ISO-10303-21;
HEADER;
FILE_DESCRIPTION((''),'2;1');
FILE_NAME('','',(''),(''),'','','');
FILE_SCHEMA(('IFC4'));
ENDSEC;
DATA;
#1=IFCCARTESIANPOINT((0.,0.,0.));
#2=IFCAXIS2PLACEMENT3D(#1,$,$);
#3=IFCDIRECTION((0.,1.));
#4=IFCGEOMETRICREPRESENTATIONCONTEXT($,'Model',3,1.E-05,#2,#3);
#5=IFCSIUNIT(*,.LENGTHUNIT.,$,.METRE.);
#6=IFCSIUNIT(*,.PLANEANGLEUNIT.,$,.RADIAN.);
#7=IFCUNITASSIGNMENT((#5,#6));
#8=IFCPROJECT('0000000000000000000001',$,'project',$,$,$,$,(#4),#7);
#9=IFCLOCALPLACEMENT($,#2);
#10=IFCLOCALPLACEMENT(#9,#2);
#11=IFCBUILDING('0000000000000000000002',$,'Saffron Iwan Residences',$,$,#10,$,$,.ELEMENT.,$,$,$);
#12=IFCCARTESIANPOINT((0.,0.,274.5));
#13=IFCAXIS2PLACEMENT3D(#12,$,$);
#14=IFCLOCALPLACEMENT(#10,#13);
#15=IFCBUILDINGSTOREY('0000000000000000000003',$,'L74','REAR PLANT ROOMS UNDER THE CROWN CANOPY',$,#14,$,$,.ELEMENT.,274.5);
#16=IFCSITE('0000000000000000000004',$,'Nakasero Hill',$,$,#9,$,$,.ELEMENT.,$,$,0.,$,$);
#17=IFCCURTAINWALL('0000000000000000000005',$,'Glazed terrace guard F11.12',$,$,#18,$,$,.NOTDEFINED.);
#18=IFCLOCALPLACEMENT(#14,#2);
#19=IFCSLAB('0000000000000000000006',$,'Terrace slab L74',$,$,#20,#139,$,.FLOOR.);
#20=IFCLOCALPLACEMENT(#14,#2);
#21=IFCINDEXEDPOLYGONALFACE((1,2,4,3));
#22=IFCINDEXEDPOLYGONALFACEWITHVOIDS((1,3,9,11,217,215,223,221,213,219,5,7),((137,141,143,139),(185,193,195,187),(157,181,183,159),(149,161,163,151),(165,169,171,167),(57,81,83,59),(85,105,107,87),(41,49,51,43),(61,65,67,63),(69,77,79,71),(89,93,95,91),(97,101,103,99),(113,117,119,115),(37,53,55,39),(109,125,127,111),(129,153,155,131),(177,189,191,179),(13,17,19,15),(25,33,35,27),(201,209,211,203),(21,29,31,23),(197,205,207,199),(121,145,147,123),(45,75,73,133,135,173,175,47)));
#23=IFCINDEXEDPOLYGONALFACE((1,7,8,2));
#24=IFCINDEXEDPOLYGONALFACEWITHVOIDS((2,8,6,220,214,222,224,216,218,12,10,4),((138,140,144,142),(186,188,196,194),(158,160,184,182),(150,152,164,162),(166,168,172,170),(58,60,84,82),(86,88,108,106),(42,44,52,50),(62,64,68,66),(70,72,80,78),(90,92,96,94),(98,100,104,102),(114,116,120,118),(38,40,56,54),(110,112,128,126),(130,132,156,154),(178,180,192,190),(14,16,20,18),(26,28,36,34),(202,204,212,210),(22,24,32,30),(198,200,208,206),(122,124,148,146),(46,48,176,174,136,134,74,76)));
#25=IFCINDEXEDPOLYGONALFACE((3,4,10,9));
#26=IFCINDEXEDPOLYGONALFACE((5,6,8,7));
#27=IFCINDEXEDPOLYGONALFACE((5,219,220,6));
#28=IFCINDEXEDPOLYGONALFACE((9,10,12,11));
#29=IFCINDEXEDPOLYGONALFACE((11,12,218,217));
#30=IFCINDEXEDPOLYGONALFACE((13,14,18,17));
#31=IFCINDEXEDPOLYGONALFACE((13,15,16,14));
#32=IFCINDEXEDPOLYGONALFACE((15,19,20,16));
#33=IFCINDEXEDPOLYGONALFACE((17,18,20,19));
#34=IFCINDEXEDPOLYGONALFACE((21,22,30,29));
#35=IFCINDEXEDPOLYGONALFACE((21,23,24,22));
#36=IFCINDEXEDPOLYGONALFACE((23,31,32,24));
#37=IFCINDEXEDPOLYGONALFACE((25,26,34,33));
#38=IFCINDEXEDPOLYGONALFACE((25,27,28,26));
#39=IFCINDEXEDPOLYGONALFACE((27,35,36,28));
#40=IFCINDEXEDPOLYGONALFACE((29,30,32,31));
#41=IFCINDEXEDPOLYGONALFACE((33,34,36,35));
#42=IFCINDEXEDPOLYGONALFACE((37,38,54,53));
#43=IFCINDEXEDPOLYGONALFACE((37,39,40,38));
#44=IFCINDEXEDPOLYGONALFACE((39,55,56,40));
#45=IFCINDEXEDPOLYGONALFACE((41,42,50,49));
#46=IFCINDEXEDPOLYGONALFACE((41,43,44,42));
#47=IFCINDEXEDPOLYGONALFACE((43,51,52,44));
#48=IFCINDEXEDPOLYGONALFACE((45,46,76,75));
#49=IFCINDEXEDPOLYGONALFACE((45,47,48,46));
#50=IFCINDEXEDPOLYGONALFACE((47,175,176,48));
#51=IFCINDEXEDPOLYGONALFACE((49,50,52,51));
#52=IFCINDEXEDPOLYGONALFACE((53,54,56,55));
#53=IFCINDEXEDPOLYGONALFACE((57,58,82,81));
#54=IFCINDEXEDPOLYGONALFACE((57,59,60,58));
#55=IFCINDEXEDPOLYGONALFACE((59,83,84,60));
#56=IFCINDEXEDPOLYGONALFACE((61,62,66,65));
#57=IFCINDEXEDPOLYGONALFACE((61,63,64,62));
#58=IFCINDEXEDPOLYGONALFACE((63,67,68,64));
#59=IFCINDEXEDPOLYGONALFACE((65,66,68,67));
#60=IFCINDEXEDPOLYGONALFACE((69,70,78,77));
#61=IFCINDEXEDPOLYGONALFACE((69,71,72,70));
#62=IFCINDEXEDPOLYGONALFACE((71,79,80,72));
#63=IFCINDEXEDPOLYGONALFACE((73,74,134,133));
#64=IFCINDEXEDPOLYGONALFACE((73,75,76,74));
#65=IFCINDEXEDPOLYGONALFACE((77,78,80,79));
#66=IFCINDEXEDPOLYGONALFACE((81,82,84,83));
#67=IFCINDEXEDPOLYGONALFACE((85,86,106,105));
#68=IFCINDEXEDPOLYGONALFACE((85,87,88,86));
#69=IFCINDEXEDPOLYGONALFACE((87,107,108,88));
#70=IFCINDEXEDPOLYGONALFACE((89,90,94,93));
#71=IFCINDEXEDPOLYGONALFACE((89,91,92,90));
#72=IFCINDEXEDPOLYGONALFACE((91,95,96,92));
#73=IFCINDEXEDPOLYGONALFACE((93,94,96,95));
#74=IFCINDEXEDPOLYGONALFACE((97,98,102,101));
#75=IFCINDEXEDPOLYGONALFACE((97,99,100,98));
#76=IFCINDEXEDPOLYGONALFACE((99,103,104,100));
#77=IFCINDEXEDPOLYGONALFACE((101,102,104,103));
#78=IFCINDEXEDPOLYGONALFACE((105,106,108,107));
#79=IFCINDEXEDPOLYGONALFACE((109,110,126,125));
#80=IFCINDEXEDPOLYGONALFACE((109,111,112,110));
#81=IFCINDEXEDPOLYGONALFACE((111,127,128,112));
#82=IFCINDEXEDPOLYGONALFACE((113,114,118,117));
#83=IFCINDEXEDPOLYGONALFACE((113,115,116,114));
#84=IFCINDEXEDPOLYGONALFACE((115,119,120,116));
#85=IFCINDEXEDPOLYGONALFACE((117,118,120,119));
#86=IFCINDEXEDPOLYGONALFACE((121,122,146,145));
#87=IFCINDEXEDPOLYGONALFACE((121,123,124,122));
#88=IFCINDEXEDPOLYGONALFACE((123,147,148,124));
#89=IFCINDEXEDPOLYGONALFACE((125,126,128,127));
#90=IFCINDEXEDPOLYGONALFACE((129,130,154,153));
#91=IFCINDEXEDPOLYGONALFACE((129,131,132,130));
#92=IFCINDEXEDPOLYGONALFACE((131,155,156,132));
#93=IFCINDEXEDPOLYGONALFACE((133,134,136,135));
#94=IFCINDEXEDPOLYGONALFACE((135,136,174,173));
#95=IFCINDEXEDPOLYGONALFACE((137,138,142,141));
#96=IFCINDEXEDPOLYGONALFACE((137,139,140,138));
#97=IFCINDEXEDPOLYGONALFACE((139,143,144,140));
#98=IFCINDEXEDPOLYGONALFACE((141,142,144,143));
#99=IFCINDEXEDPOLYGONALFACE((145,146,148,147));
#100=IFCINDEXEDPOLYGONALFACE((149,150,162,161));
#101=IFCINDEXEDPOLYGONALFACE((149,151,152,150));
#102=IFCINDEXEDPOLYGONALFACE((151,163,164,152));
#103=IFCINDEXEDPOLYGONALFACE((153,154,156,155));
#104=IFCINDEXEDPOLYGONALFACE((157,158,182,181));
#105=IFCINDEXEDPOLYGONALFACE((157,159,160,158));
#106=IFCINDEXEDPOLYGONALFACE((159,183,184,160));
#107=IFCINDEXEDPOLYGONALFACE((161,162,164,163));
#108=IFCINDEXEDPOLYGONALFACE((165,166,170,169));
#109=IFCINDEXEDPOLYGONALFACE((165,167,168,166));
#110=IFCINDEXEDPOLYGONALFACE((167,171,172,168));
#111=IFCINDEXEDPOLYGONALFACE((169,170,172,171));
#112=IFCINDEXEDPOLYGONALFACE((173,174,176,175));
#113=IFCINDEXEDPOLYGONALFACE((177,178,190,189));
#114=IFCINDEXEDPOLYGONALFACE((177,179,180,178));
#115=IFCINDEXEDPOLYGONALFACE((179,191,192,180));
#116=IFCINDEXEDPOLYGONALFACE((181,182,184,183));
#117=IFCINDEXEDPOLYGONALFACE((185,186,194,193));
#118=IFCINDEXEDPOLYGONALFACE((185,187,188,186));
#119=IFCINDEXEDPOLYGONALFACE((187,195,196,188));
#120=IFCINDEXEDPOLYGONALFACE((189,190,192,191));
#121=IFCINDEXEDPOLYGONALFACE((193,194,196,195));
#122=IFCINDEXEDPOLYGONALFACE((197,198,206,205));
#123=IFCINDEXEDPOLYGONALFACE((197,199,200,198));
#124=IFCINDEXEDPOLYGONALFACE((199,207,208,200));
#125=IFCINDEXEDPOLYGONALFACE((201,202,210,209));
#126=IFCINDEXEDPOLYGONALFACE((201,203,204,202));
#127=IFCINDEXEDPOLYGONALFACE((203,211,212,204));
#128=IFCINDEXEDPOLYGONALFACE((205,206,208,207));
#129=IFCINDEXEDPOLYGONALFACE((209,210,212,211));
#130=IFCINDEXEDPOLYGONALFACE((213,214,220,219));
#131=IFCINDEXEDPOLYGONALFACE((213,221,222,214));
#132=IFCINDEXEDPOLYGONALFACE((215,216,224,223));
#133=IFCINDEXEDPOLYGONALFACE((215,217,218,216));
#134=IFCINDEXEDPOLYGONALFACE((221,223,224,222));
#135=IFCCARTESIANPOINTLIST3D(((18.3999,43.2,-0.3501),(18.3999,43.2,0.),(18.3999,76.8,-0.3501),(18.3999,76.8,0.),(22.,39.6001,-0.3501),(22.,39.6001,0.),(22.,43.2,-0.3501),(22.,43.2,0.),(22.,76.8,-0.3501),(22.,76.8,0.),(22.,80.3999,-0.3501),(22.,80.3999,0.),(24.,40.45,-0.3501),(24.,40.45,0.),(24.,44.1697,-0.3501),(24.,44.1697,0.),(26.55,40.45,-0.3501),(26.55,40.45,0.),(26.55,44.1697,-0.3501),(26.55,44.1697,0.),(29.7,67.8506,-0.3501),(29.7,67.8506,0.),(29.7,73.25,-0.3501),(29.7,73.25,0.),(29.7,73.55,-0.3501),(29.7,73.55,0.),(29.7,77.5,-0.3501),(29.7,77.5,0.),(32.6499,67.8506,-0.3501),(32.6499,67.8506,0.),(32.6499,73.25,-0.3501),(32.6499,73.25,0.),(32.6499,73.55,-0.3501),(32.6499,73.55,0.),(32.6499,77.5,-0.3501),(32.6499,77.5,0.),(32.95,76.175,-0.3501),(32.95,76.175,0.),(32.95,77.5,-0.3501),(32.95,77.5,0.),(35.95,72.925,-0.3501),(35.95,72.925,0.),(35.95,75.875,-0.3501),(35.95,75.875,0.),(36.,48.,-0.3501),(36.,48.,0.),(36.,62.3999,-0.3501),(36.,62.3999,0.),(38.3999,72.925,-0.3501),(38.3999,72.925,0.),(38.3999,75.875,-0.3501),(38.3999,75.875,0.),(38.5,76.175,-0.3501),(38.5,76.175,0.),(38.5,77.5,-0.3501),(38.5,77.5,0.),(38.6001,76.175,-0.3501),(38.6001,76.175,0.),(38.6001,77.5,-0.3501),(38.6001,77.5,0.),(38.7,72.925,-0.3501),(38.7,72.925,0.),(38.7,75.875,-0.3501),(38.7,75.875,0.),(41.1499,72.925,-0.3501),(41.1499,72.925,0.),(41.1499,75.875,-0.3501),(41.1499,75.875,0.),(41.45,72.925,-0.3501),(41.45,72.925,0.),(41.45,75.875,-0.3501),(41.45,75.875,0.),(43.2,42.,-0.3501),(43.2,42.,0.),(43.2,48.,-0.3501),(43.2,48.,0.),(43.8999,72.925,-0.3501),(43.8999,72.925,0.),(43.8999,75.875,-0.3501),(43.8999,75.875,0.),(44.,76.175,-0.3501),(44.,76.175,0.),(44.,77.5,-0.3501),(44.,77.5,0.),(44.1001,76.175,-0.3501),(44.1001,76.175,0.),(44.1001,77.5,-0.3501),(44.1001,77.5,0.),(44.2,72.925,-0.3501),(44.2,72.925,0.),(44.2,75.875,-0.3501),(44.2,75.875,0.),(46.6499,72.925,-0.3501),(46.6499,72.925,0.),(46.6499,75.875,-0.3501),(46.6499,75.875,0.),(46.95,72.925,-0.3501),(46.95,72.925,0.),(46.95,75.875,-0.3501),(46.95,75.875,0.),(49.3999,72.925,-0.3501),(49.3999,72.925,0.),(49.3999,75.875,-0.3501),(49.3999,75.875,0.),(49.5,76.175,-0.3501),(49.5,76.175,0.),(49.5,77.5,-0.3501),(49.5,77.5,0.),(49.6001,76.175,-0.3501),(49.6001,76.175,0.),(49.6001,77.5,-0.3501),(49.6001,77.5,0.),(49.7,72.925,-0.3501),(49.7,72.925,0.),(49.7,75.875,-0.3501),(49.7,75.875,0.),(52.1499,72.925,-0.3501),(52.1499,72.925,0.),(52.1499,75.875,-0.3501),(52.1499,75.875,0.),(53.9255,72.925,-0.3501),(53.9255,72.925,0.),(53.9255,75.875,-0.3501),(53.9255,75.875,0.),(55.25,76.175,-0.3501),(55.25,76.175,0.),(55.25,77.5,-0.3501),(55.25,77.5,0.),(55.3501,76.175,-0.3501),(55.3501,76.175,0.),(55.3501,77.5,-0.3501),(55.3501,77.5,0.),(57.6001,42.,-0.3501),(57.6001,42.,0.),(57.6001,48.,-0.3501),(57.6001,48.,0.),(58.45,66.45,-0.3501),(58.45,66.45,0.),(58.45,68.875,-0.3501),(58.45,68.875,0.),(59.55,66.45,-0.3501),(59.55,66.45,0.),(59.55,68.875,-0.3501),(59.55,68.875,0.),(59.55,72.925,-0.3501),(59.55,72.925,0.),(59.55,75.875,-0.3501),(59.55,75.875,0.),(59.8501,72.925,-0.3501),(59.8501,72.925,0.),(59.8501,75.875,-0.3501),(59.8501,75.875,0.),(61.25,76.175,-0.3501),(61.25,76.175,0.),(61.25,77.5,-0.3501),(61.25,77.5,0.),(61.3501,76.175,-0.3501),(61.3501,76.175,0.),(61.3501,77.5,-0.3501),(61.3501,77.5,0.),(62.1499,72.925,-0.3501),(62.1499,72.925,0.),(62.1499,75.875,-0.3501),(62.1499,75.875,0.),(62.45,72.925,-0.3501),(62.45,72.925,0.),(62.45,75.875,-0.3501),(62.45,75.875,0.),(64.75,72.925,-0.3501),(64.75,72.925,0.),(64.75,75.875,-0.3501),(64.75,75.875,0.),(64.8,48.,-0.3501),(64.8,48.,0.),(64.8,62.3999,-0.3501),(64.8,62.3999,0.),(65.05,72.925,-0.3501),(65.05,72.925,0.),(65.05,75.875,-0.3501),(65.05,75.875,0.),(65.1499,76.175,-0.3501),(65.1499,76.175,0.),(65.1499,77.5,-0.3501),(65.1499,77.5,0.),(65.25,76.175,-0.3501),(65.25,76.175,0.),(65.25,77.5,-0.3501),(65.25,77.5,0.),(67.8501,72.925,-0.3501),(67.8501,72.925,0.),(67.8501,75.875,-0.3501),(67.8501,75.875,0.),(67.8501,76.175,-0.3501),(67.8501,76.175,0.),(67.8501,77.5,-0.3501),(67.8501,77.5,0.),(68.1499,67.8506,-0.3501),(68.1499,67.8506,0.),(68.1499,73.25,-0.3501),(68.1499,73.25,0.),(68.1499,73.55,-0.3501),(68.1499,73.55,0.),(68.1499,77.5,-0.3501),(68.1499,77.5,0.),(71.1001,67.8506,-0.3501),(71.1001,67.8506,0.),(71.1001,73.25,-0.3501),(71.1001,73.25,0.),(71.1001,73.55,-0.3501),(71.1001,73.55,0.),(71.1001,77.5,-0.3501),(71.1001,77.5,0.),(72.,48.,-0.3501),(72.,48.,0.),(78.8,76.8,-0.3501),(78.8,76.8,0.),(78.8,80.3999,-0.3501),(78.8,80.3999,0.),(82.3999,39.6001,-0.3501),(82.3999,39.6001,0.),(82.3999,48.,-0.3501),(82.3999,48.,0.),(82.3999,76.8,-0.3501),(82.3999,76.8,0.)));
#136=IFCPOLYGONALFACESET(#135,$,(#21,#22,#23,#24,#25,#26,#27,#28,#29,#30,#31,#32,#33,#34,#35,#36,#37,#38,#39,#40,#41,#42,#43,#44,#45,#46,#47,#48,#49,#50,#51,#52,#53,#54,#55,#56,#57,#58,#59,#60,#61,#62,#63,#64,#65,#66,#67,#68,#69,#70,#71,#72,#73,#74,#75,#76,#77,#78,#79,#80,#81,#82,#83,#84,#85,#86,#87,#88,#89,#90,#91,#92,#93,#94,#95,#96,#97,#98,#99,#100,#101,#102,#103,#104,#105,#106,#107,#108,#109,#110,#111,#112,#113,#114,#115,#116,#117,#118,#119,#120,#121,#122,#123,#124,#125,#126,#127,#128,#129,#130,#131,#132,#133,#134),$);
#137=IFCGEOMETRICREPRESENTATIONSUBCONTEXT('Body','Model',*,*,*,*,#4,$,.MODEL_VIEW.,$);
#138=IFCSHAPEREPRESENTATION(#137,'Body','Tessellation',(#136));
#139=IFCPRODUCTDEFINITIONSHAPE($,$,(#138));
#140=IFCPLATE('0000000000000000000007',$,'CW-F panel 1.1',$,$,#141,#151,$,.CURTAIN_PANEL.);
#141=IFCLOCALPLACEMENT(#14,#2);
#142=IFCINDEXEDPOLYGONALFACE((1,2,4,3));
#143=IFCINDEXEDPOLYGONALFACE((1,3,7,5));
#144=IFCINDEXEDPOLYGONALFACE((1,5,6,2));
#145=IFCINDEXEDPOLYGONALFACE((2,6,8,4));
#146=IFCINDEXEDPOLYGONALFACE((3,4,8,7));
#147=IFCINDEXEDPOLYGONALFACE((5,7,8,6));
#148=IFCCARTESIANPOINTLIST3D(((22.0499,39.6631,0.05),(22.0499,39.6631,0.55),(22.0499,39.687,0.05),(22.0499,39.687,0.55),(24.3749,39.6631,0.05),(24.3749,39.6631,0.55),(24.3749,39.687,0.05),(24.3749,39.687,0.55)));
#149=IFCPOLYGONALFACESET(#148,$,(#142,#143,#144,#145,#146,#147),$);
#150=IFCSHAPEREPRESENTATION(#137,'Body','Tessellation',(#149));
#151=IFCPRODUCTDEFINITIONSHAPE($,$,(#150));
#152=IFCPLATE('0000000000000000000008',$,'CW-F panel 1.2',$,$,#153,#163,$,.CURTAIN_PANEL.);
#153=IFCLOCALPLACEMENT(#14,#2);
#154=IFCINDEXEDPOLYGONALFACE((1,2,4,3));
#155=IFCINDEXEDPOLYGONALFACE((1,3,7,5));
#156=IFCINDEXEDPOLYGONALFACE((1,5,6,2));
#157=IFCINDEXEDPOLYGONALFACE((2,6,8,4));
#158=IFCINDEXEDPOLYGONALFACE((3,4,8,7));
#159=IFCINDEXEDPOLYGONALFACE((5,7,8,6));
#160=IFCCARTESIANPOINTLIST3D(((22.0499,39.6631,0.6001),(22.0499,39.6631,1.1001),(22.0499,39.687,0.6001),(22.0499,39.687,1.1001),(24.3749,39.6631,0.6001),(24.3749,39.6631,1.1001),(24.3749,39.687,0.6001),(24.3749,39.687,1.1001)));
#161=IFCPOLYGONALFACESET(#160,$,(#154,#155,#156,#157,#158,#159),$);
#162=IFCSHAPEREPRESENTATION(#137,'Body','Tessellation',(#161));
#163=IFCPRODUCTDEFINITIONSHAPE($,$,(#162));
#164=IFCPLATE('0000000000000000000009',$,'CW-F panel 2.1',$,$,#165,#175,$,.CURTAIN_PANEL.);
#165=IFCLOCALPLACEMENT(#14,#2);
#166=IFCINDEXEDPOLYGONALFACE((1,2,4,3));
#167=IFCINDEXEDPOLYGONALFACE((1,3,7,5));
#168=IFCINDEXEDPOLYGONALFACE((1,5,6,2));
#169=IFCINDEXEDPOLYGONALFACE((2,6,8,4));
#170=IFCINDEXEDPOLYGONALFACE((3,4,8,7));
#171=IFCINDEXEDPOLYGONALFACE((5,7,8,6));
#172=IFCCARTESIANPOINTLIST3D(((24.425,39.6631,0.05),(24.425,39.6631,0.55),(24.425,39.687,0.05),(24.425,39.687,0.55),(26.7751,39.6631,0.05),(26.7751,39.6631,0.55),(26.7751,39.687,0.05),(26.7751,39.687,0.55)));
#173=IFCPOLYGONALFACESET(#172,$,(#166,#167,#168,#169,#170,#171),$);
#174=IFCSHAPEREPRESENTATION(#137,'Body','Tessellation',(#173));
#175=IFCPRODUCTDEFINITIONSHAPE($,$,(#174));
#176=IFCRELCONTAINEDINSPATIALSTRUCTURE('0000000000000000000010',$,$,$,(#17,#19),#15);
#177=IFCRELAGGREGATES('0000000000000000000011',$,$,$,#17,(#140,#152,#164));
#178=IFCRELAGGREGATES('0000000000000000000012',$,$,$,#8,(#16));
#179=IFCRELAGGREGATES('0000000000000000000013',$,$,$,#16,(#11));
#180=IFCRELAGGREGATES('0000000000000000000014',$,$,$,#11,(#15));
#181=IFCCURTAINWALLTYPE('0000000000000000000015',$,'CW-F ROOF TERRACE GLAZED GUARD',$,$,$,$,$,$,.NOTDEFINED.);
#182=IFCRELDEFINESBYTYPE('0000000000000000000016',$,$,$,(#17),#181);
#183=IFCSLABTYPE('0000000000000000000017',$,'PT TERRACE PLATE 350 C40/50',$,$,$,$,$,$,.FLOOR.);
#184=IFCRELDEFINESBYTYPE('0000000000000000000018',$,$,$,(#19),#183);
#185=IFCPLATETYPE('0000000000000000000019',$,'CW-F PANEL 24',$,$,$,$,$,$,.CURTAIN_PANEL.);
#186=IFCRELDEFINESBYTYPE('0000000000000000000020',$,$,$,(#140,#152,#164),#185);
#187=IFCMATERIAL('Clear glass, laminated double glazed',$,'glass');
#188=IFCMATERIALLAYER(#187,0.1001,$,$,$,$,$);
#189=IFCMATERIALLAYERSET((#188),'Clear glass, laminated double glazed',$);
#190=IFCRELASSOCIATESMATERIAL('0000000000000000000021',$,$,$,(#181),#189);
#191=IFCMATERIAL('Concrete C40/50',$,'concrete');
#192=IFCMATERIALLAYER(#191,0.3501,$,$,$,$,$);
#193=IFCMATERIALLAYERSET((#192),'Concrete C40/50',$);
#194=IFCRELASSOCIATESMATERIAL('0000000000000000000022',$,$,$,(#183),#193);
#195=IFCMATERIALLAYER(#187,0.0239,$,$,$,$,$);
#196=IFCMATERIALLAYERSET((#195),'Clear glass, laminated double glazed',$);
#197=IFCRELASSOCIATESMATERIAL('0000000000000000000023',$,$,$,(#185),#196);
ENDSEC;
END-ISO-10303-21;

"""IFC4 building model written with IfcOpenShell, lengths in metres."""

from ifc_helpers import new_model, si_unit, direction, frame, origin, origin_2d, place, context, subcontext, project, spatial, polyline, rectangle, outline, extrude, source, transform, mapped, material, layer, layer_set, type_object, element, aggregate, save


model = new_model("IFC4")

# Units and contexts
model_context = context("Model", 3, precision=1e-05, world=origin(), true_north=direction((0.0, 1.0)))
body_context = subcontext(model_context, "Body", "Model", "MODEL_VIEW")
ifc_project = project(units=[si_unit("LENGTHUNIT", "METRE"), si_unit("PLANEANGLEUNIT", "RADIAN")], contexts=[model_context])

# Site, building, storey
site_placement = place(None, origin())
site = spatial("IfcSite", under=ifc_project, at=site_placement, Name="Nakasero Hill", CompositionType="ELEMENT", RefElevation=0.0)
building_placement = place(site_placement, origin())
building = spatial("IfcBuilding", under=site, at=building_placement, Name="Saffron Iwan Residences", CompositionType="ELEMENT")
storey_placement = place(building_placement, frame((0.0, 0.0, 274.5)))
storey = spatial("IfcBuildingStorey", under=building, at=storey_placement, Name="L74", Description="REAR PLANT ROOMS UNDER THE CROWN CANOPY", CompositionType="ELEMENT", Elevation=274.5)

# Curtain wall
ifc_material_1 = material(Name="Clear glass, laminated double glazed", Category="glass")
ifc_layer_1 = layer(ifc_material_1, 0.1001)
ifc_layer_set_1 = layer_set([ifc_layer_1], Name="Clear glass, laminated double glazed")
curtain_wall_type = type_object("IfcCurtainWallType", Name="CW-F ROOF TERRACE GLAZED GUARD", PredefinedType="NOTDEFINED", material=ifc_layer_set_1)
curtain_wall_placement = place(storey_placement, origin())
curtain_wall = element("IfcCurtainWall", 1, at=curtain_wall_placement, inside=storey, type_object=curtain_wall_type, Name="Glazed terrace guard F11.12", PredefinedType="NOTDEFINED")

# Slab
ifc_material_2 = material(Name="Concrete C40/50", Category="concrete")
ifc_layer_2 = layer(ifc_material_2, 0.3501)
ifc_layer_set_2 = layer_set([ifc_layer_2], Name="Concrete C40/50")
slab_type = type_object("IfcSlabType", Name="PT TERRACE PLATE 350 C40/50", PredefinedType="FLOOR", material=ifc_layer_set_2)
slab_placement = place(storey_placement, frame((0.0, 0.0, -0.3501)))
element("IfcSlab", 2, at=slab_placement, inside=storey, type_object=slab_type, Name="Terrace slab L74", PredefinedType="FLOOR", context=body_context, shape_type="SweptSolid", body=[
    extrude(outline(polyline([(18.3999, 43.2), (18.3999, 76.8), (22.0, 76.8), (22.0, 80.3999), (78.8, 80.3999), (78.8, 76.8), (82.3999, 76.8), (82.3999, 48.0), (72.0, 48.0), (82.3999, 39.6001), (22.0, 39.6001), (22.0, 43.2), (18.3999, 43.2)]), holes=[polyline([(64.8, 48.0), (64.8, 62.3999), (36.0, 62.3999), (36.0, 48.0), (43.2, 48.0), (43.2, 42.0), (57.6001, 42.0), (57.6001, 48.0), (64.8, 48.0)]), polyline([(26.55, 44.1697), (24.0, 44.1697), (24.0, 40.45), (26.55, 40.45), (26.55, 44.1697)]), polyline([(32.6499, 73.25), (29.7, 73.25), (29.7, 67.8506), (32.6499, 67.8506), (32.6499, 73.25)]), polyline([(38.3999, 75.875), (35.95, 75.875), (35.95, 72.925), (38.3999, 72.925), (38.3999, 75.875)]), polyline([(41.1499, 72.925), (41.1499, 75.875), (38.7, 75.875), (38.7, 72.925), (41.1499, 72.925)]), polyline([(43.8999, 72.925), (43.8999, 75.875), (41.45, 75.875), (41.45, 72.925), (43.8999, 72.925)]), polyline([(46.6499, 75.875), (44.2, 75.875), (44.2, 72.925), (46.6499, 72.925), (46.6499, 75.875)]), polyline([(49.3999, 72.925), (49.3999, 75.875), (46.95, 75.875), (46.95, 72.925), (49.3999, 72.925)]), polyline([(52.1499, 72.925), (52.1499, 75.875), (49.7, 75.875), (49.7, 72.925), (52.1499, 72.925)]), polyline([(32.6499, 77.5), (29.7, 77.5), (29.7, 73.55), (32.6499, 73.55), (32.6499, 77.5)]), polyline([(38.5, 76.175), (38.5, 77.5), (32.95, 77.5), (32.95, 76.175), (38.5, 76.175)]), polyline([(44.0, 76.175), (44.0, 77.5), (38.6001, 77.5), (38.6001, 76.175), (44.0, 76.175)]), polyline([(49.5, 77.5), (44.1001, 77.5), (44.1001, 76.175), (49.5, 76.175), (49.5, 77.5)]), polyline([(59.55, 66.45), (59.55, 68.875), (58.45, 68.875), (58.45, 66.45), (59.55, 66.45)]), polyline([(71.1001, 67.8506), (71.1001, 73.25), (68.1499, 73.25), (68.1499, 67.8506), (71.1001, 67.8506)]), polyline([(59.55, 72.925), (59.55, 75.875), (53.9255, 75.875), (53.9255, 72.925), (59.55, 72.925)]), polyline([(62.1499, 72.925), (62.1499, 75.875), (59.8501, 75.875), (59.8501, 72.925), (62.1499, 72.925)]), polyline([(64.75, 72.925), (64.75, 75.875), (62.45, 75.875), (62.45, 72.925), (64.75, 72.925)]), polyline([(67.8501, 75.875), (65.05, 75.875), (65.05, 72.925), (67.8501, 72.925), (67.8501, 75.875)]), polyline([(71.1001, 73.55), (71.1001, 77.5), (68.1499, 77.5), (68.1499, 73.55), (71.1001, 73.55)]), polyline([(55.25, 76.175), (55.25, 77.5), (49.6001, 77.5), (49.6001, 76.175), (55.25, 76.175)]), polyline([(61.25, 77.5), (55.3501, 77.5), (55.3501, 76.175), (61.25, 76.175), (61.25, 77.5)]), polyline([(65.1499, 76.175), (65.1499, 77.5), (61.3501, 77.5), (61.3501, 76.175), (65.1499, 76.175)]), polyline([(67.8501, 76.175), (67.8501, 77.5), (65.25, 77.5), (65.25, 76.175), (67.8501, 76.175)])]), origin(), (0.0, 0.0, 1.0), 0.3501),
])

# Plates
ifc_layer_3 = layer(ifc_material_1, 0.0239)
ifc_layer_set_3 = layer_set([ifc_layer_3], Name="Clear glass, laminated double glazed")
plate_type = type_object("IfcPlateType", Name="CW-F PANEL 24", PredefinedType="CURTAIN_PANEL", material=ifc_layer_set_3)
shared_shape_1 = source(origin(), body_context, "Body", "SweptSolid", [
    extrude(rectangle(XDim=2.325, YDim=0.0239, at=origin_2d()), origin(), (0.0, 0.0, 1.0), 0.5),
])
plate_1_placement = place(storey_placement, frame((23.2124, 39.675, 0.05), z_axis=(0.0, 0.0, 1.0), x_axis=(1.0, 0.0, 0.0)))
plate_1 = element("IfcPlate", 3, at=plate_1_placement, type_object=plate_type, Name="CW-F panel 1.1", PredefinedType="CURTAIN_PANEL", context=body_context, shape_type="MappedRepresentation", body=[
    mapped(shared_shape_1, transform((0.0, 0.0, 0.0))),
])
plate_2_placement = place(storey_placement, frame((23.2124, 39.675, 0.6001), z_axis=(0.0, 0.0, 1.0), x_axis=(1.0, 0.0, 0.0)))
plate_2 = element("IfcPlate", 4, at=plate_2_placement, type_object=plate_type, Name="CW-F panel 1.2", PredefinedType="CURTAIN_PANEL", context=body_context, shape_type="MappedRepresentation", body=[
    mapped(shared_shape_1, transform((0.0, 0.0, 0.0))),
])
shared_shape_2 = source(origin(), body_context, "Body", "SweptSolid", [
    extrude(rectangle(XDim=2.3501, YDim=0.0239, at=origin_2d()), origin(), (0.0, 0.0, 1.0), 0.5),
])
plate_3_placement = place(storey_placement, frame((25.6001, 39.675, 0.05), z_axis=(0.0, 0.0, 1.0), x_axis=(1.0, 0.0, 0.0)))
plate_3 = element("IfcPlate", 5, at=plate_3_placement, type_object=plate_type, Name="CW-F panel 2.1", PredefinedType="CURTAIN_PANEL", context=body_context, shape_type="MappedRepresentation", body=[
    mapped(shared_shape_2, transform((0.0, 0.0, 0.0))),
])
aggregate(curtain_wall, [plate_1, plate_2, plate_3])

save(model, "model.ifc")
